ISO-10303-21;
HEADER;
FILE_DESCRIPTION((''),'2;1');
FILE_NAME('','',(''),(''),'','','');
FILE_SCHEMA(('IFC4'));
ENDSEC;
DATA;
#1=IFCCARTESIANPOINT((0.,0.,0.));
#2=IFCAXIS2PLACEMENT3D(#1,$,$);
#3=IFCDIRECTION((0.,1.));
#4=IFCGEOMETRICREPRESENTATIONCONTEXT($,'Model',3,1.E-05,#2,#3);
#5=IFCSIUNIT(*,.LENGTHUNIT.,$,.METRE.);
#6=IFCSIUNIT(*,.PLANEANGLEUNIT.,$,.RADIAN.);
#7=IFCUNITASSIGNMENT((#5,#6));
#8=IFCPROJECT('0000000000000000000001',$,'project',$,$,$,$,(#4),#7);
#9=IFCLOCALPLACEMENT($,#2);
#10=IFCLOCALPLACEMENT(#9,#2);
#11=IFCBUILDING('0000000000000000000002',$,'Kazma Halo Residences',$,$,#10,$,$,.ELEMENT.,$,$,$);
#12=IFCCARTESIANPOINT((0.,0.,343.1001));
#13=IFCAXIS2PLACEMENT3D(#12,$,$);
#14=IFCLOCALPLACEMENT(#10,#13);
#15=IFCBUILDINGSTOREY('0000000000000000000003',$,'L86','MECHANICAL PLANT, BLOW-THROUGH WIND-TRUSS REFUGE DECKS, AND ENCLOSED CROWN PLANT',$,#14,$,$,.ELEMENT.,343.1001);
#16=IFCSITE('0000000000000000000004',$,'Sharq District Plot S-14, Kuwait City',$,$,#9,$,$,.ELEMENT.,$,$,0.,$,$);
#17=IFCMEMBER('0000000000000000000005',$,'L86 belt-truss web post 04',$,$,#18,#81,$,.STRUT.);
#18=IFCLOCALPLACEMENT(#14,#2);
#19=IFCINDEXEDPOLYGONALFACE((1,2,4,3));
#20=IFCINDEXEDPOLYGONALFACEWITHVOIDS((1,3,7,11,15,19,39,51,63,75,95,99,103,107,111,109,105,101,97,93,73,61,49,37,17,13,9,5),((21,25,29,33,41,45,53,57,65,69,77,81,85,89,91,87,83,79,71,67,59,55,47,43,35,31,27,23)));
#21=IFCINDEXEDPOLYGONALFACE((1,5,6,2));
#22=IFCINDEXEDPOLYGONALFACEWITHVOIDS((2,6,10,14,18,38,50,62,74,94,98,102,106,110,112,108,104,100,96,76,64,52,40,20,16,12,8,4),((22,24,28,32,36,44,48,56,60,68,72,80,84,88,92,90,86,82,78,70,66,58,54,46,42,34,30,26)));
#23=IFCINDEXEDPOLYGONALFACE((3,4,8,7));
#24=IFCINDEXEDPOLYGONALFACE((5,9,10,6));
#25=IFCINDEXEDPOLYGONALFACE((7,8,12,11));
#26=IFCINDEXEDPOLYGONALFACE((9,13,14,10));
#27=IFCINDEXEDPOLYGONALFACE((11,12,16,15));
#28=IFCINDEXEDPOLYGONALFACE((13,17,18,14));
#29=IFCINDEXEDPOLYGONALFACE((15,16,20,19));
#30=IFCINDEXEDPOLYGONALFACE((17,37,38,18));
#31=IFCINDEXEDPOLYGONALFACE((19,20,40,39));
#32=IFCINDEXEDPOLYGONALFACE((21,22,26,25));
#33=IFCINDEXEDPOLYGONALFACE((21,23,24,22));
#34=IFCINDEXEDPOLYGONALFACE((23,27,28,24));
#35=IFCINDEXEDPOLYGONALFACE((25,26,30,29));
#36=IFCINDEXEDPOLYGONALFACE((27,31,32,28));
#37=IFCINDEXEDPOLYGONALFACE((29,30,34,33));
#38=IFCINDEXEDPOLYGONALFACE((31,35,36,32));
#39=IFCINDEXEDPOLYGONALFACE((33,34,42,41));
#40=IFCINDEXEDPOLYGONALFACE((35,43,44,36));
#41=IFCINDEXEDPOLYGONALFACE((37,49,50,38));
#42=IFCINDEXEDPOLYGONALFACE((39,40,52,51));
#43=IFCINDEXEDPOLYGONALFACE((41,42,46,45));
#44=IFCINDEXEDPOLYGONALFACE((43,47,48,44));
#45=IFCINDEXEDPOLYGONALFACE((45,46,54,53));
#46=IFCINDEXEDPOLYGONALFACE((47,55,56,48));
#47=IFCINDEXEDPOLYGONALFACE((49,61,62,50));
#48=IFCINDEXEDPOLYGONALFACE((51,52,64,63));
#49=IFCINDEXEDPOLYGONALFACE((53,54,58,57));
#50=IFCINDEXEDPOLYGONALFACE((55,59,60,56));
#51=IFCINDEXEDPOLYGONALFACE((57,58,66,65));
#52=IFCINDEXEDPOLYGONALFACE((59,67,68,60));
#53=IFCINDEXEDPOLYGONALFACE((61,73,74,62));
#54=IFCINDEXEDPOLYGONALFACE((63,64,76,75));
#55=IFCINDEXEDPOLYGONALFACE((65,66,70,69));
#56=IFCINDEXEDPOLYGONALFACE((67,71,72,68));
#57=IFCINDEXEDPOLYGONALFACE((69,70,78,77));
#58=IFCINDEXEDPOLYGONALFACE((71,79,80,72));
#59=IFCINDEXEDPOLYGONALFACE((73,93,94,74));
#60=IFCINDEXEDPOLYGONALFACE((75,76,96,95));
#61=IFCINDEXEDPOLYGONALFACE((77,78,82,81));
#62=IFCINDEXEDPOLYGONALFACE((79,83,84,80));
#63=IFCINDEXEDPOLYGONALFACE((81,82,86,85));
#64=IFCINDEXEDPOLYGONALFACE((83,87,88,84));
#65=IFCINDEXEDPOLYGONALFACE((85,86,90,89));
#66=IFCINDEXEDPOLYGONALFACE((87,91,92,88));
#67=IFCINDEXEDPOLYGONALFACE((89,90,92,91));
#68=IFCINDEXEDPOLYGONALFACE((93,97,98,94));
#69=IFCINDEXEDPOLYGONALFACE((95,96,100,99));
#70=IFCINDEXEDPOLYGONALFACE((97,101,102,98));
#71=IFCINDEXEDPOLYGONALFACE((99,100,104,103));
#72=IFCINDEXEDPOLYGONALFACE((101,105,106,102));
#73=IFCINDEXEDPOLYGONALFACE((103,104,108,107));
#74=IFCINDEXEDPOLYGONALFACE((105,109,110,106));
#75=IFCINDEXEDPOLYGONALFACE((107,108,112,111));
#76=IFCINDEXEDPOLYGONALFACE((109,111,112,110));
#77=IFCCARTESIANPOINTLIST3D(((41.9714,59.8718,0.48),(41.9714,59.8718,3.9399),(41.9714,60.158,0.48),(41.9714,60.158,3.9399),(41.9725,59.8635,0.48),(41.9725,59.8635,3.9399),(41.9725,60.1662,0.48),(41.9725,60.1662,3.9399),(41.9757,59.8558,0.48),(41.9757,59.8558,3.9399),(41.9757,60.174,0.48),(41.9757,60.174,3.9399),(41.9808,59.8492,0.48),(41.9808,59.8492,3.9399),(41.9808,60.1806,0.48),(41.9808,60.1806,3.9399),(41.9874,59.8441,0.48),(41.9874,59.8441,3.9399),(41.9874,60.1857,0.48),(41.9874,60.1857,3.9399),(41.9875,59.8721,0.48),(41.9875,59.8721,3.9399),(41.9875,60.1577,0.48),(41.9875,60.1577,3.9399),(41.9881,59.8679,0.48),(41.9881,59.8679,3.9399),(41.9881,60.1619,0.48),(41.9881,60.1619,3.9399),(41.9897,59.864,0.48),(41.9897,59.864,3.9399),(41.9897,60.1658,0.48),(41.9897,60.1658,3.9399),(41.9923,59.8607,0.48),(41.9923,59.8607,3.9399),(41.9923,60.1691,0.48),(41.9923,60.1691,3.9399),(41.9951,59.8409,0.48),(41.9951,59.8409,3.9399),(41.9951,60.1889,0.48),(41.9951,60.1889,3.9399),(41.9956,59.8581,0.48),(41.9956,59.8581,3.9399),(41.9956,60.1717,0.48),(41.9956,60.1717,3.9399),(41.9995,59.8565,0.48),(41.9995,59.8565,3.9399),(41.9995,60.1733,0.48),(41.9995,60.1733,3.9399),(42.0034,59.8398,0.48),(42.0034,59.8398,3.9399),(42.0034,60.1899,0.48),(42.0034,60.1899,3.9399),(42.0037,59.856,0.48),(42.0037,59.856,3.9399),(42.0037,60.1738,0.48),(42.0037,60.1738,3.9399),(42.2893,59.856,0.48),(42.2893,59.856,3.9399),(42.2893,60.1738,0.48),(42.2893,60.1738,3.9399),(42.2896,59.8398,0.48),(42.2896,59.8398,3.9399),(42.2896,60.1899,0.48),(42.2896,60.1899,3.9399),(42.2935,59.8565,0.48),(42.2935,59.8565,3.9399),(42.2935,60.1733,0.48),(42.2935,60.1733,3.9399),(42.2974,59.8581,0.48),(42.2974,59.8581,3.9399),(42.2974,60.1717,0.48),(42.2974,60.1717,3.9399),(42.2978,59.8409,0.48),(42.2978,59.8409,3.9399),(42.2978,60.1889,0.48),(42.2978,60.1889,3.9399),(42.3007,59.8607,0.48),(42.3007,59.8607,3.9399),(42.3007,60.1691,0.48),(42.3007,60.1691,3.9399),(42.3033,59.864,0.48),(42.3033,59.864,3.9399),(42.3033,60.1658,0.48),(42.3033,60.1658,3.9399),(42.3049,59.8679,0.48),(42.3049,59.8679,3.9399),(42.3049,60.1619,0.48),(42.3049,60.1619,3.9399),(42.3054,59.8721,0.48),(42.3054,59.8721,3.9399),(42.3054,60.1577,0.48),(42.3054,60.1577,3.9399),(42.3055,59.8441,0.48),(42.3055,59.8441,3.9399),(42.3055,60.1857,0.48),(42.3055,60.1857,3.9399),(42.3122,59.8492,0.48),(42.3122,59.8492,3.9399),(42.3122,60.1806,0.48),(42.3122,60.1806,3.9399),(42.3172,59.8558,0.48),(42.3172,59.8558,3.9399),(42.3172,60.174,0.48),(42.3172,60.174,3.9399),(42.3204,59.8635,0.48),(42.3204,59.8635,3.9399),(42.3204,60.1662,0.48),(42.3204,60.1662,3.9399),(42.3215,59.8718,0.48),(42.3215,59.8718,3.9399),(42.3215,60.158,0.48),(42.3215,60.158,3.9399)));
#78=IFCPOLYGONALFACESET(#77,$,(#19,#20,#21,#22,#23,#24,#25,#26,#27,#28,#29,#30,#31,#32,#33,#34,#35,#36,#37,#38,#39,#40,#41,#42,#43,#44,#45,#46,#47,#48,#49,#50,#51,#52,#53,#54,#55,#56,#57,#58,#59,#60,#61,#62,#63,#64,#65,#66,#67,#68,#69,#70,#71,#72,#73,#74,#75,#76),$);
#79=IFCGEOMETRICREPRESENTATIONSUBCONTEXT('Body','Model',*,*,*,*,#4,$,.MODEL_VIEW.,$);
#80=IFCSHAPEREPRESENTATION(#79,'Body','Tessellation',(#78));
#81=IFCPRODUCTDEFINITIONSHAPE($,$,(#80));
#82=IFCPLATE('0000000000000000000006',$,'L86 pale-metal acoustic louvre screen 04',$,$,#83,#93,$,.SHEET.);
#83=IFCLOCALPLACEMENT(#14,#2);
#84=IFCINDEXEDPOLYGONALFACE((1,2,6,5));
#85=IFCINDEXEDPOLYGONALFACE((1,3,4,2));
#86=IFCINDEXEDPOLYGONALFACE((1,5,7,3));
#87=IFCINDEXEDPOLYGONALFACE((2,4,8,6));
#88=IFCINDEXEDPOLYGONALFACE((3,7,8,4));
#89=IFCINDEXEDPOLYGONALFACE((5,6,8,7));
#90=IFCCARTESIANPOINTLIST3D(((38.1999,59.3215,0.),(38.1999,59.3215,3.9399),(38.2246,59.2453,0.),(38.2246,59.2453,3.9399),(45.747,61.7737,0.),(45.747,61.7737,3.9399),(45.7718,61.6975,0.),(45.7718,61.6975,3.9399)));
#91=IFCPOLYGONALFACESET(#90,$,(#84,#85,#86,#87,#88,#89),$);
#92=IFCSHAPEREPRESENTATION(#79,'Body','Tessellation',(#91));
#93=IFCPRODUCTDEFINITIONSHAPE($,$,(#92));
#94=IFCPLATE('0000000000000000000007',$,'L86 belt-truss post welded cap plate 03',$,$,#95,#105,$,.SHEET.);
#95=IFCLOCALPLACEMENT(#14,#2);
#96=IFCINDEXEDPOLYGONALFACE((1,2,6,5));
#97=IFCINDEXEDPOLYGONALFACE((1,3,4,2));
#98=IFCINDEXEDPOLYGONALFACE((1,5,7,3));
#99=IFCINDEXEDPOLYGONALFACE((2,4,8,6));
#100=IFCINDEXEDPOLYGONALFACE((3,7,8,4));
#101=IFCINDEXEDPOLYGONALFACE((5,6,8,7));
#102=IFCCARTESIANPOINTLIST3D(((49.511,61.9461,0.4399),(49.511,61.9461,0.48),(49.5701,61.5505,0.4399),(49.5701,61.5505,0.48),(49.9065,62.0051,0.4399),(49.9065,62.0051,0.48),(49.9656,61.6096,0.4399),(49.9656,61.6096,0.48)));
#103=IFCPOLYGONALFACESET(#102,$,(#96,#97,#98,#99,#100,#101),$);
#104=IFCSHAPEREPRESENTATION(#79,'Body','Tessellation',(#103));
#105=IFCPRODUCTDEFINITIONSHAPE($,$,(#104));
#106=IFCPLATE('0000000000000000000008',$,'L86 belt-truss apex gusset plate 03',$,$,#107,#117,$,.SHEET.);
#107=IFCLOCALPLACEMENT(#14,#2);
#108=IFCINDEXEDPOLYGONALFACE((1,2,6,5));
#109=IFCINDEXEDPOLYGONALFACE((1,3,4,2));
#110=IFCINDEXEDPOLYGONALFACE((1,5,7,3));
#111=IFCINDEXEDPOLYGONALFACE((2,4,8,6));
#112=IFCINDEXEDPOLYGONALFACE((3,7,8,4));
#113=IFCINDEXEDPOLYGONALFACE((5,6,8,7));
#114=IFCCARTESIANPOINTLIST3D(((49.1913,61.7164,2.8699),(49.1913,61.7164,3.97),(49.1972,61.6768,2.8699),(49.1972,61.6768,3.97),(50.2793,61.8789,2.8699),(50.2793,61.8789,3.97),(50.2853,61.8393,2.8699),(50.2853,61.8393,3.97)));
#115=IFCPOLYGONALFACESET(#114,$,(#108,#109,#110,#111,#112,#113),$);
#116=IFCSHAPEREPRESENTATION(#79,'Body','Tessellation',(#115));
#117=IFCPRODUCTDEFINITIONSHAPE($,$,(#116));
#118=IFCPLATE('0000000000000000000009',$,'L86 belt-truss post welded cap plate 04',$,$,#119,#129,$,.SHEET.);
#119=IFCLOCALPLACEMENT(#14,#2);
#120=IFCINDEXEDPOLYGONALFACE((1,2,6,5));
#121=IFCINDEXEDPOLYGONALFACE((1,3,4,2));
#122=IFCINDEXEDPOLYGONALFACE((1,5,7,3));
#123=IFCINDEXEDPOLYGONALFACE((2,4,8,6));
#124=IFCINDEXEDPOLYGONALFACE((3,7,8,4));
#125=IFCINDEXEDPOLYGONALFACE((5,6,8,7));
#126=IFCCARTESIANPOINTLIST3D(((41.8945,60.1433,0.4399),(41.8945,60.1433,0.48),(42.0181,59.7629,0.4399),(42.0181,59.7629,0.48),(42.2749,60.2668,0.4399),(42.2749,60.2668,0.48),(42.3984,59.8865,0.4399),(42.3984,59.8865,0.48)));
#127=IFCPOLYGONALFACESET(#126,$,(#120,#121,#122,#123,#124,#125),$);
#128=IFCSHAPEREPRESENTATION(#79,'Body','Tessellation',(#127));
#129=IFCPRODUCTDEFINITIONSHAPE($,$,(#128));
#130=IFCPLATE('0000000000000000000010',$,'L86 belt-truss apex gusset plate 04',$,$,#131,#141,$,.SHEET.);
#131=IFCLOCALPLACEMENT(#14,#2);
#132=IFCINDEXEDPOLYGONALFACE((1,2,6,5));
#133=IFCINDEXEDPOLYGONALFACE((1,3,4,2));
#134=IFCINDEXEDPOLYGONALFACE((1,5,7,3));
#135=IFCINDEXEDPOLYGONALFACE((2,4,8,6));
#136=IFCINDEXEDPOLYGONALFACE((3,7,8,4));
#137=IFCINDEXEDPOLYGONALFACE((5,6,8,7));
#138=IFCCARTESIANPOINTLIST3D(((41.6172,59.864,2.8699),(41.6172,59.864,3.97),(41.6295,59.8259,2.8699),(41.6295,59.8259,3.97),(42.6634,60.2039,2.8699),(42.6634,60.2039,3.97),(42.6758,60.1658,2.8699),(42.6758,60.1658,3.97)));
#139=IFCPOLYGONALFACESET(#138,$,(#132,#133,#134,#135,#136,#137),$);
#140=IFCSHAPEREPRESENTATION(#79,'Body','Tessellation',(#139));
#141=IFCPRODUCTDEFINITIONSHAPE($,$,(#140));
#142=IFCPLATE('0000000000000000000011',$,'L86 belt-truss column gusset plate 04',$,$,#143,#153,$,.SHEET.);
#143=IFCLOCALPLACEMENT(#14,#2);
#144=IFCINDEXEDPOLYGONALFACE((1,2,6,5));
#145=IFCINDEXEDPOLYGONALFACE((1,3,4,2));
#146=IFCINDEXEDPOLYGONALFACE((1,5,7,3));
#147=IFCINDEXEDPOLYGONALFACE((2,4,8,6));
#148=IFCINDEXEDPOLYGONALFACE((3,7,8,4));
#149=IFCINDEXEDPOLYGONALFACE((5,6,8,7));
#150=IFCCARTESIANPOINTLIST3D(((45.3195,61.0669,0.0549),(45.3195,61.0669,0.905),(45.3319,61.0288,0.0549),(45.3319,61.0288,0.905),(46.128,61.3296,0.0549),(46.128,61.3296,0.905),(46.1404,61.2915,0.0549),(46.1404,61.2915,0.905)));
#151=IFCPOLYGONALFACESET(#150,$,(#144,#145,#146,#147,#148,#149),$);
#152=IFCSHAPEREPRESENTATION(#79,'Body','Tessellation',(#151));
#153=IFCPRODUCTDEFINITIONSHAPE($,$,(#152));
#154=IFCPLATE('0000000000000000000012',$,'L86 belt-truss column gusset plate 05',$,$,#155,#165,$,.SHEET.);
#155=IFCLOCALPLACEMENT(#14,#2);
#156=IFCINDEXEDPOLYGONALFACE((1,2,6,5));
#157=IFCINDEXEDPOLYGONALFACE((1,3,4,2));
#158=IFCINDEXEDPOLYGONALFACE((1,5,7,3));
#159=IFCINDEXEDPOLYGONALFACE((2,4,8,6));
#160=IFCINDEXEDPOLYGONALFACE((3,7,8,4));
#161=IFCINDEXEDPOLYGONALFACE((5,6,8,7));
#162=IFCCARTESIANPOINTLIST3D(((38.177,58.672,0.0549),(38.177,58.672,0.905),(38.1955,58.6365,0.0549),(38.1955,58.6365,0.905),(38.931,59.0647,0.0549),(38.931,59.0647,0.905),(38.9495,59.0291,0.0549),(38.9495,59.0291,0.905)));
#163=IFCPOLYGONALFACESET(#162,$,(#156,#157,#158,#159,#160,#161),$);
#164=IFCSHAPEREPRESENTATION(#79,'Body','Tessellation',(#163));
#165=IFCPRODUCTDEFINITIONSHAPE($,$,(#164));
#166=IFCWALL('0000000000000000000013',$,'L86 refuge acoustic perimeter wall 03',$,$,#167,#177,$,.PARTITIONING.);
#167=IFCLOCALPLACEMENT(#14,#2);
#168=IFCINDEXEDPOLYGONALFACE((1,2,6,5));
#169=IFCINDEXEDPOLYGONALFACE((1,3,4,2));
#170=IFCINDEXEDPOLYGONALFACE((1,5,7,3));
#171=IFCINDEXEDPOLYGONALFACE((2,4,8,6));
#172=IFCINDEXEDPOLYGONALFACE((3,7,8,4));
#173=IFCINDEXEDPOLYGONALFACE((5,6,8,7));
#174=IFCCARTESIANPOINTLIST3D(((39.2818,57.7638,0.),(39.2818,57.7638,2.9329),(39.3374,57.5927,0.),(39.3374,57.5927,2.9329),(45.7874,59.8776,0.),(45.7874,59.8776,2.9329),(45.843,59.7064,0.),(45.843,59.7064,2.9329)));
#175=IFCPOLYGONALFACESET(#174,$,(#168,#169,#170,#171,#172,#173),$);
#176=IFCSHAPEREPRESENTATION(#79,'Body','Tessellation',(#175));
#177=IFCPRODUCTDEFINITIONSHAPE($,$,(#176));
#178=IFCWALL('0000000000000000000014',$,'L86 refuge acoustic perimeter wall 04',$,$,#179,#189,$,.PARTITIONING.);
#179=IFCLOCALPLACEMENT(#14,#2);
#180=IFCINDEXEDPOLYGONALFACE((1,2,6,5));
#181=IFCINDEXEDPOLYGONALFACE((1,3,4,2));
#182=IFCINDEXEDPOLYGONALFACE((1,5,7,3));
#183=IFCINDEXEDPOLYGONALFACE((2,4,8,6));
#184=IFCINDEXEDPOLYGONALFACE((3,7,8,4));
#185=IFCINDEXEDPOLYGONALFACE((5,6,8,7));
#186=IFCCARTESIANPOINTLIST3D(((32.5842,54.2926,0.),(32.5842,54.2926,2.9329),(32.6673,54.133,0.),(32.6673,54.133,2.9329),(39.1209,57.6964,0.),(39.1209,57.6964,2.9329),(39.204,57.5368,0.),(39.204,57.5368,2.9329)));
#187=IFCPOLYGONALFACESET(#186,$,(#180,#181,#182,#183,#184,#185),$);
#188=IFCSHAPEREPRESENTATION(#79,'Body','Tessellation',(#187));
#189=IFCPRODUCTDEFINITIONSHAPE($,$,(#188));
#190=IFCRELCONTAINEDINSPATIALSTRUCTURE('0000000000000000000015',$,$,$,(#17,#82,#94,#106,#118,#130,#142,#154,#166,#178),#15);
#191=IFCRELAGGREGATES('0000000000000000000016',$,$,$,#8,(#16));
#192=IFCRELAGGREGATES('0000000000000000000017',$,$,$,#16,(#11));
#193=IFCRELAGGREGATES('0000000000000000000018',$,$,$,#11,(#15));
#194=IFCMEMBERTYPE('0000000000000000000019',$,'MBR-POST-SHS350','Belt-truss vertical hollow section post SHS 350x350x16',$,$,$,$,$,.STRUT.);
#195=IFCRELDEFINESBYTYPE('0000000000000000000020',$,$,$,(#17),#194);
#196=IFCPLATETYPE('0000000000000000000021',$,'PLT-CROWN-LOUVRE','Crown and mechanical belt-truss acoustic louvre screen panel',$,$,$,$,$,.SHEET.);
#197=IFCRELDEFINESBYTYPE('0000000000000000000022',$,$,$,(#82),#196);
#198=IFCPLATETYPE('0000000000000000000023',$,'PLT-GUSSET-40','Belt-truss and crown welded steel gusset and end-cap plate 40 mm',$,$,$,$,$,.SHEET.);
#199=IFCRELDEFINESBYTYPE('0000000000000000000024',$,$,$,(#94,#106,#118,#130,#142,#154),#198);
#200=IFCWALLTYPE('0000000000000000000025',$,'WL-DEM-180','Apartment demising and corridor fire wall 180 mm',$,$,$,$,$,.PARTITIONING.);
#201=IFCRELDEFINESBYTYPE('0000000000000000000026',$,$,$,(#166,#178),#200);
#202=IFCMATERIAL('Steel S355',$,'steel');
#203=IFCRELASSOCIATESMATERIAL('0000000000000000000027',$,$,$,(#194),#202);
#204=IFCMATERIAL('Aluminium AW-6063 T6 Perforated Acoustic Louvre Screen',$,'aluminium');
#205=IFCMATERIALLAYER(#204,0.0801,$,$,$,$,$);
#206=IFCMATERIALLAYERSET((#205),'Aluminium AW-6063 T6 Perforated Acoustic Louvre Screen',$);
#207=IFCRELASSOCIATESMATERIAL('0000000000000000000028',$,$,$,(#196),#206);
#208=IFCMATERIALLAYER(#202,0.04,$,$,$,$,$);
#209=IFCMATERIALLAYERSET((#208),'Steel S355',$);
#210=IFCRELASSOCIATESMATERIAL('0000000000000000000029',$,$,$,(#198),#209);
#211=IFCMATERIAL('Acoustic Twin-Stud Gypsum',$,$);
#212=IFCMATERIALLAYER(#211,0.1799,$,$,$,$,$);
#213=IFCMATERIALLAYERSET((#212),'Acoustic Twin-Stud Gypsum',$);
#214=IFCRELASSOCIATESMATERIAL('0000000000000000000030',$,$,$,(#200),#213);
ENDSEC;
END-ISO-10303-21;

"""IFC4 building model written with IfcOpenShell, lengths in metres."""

from ifc_helpers import new_model, si_unit, direction, frame, frame_2d, origin, origin_2d, place, context, subcontext, project, spatial, rectangle, hollow_rectangle, extrude, material, layer, layer_set, material_profile, profile_set, type_object, element, save


model = new_model("IFC4")

# Units and contexts
model_context = context("Model", 3, precision=1e-05, world=origin(), true_north=direction((0.0, 1.0)))
body_context = subcontext(model_context, "Body", "Model", "MODEL_VIEW")
ifc_project = project(units=[si_unit("LENGTHUNIT", "METRE"), si_unit("PLANEANGLEUNIT", "RADIAN")], contexts=[model_context])

# Site, building, storey
site_placement = place(None, origin())
site = spatial("IfcSite", under=ifc_project, at=site_placement, Name="Sharq District Plot S-14, Kuwait City", CompositionType="ELEMENT", RefElevation=0.0)
building_placement = place(site_placement, origin())
building = spatial("IfcBuilding", under=site, at=building_placement, Name="Kazma Halo Residences", CompositionType="ELEMENT")
storey_placement = place(building_placement, frame((0.0, 0.0, 343.1001)))
storey = spatial("IfcBuildingStorey", under=building, at=storey_placement, Name="L86", Description="MECHANICAL PLANT, BLOW-THROUGH WIND-TRUSS REFUGE DECKS, AND ENCLOSED CROWN PLANT", CompositionType="ELEMENT", Elevation=343.1001)

# Shared definitions
ifc_material_1 = material(Name="Steel S355", Category="steel")

# Member
ifc_material_profile_1 = material_profile(ifc_material_1, hollow_rectangle(XDim=0.3501, YDim=0.3501, WallThickness=0.0161, InnerFilletRadius=0.0161, OuterFilletRadius=0.032, at=origin_2d()), Name="SHS350x350x16")
ifc_profile_set_1 = profile_set([ifc_material_profile_1], Name="Steel S355")
member_type_1 = type_object("IfcMemberType", Name="MBR-POST-SHS350", Description="Belt-truss vertical hollow section post SHS 350x350x16", PredefinedType="STRUT", material=ifc_profile_set_1)
for number, where, z_axis, x_axis, name in (
    (1, (42.1465, 60.0149, 0.48), (0.0, 0.0, 1.0), (1.0, 0.0, 0.0), "L86 belt-truss web post 04"),
):
    element("IfcMember", number, at=place(storey_placement, frame(where, z_axis=z_axis, x_axis=x_axis)), inside=storey, type_object=member_type_1, Name=name, PredefinedType="STRUT", context=body_context, shape_type="SweptSolid", body=[
        extrude(hollow_rectangle(XDim=0.3501, YDim=0.3501, WallThickness=0.0161, InnerFilletRadius=0.0161, OuterFilletRadius=0.032, at=origin_2d()), origin(), (0.0, 0.0, 1.0), 3.46),
    ])

# Plates
ifc_material_2 = material(Name="Aluminium AW-6063 T6 Perforated Acoustic Louvre Screen", Category="aluminium")
ifc_layer_1 = layer(ifc_material_2, 0.0801)
ifc_layer_set_1 = layer_set([ifc_layer_1], Name="Aluminium AW-6063 T6 Perforated Acoustic Louvre Screen")
plate_type_1 = type_object("IfcPlateType", Name="PLT-CROWN-LOUVRE", Description="Crown and mechanical belt-truss acoustic louvre screen panel", PredefinedType="SHEET", material=ifc_layer_set_1)
plate_1_placement = place(storey_placement, frame((41.9858, 60.5095, 0.0), z_axis=(0.0, 0.0, 1.0), x_axis=(-0.951058, -0.309013, 0.0)))
element("IfcPlate", 2, at=plate_1_placement, inside=storey, type_object=plate_type_1, Name="L86 pale-metal acoustic louvre screen 04", PredefinedType="SHEET", context=body_context, shape_type="SweptSolid", body=[
    extrude(rectangle(XDim=7.9355, YDim=0.0801, at=origin_2d()), origin(), (0.0, 0.0, 1.0), 3.9399),
])
ifc_layer_2 = layer(ifc_material_1, 0.04)
ifc_layer_set_2 = layer_set([ifc_layer_2], Name="Steel S355")
plate_type_2 = type_object("IfcPlateType", Name="PLT-GUSSET-40", Description="Belt-truss and crown welded steel gusset and end-cap plate 40 mm", PredefinedType="SHEET", material=ifc_layer_set_2)
plate_2_placement = place(storey_placement, frame((49.7383, 61.7778, 0.4399), z_axis=(0.0, 0.0, 1.0), x_axis=(-0.989034, -0.147688, 0.0)))
element("IfcPlate", 3, at=plate_2_placement, inside=storey, type_object=plate_type_2, Name="L86 belt-truss post welded cap plate 03", PredefinedType="SHEET", context=body_context, shape_type="SweptSolid", body=[
    extrude(rectangle(XDim=0.3999, YDim=0.3999, at=origin_2d()), origin(), (0.0, 0.0, 1.0), 0.04),
])
plate_3_placement = place(storey_placement, frame((49.7383, 61.7778, 2.8699), z_axis=(0.0, 0.0, 1.0), x_axis=(-0.989034, -0.147688, 0.0)))
element("IfcPlate", 4, at=plate_3_placement, inside=storey, type_object=plate_type_2, Name="L86 belt-truss apex gusset plate 03", PredefinedType="SHEET", context=body_context, shape_type="SweptSolid", body=[
    extrude(rectangle(XDim=1.1001, YDim=0.04, at=origin_2d()), origin(), (0.0, 0.0, 1.0), 1.1001),
])
plate_4_placement = place(storey_placement, frame((42.1465, 60.0149, 0.4399), z_axis=(0.0, 0.0, 1.0), x_axis=(-0.951058, -0.309013, 0.0)))
element("IfcPlate", 5, at=plate_4_placement, inside=storey, type_object=plate_type_2, Name="L86 belt-truss post welded cap plate 04", PredefinedType="SHEET", context=body_context, shape_type="SweptSolid", body=[
    extrude(rectangle(XDim=0.3999, YDim=0.3999, at=origin_2d()), origin(), (0.0, 0.0, 1.0), 0.04),
])
plate_5_placement = place(storey_placement, frame((42.1465, 60.0149, 2.8699), z_axis=(0.0, 0.0, 1.0), x_axis=(-0.951058, -0.309013, 0.0)))
element("IfcPlate", 6, at=plate_5_placement, inside=storey, type_object=plate_type_2, Name="L86 belt-truss apex gusset plate 04", PredefinedType="SHEET", context=body_context, shape_type="SweptSolid", body=[
    extrude(rectangle(XDim=1.1001, YDim=0.04, at=origin_2d()), origin(), (0.0, 0.0, 1.0), 1.1001),
])
for number, where, z_axis, x_axis, name in (
    (7, (45.73, 61.1792, 0.0549), (0.0, 0.0, 1.0), (-0.951058, -0.309013, 0.0), "L86 belt-truss column gusset plate 04"),
    (8, (38.5632, 58.8506, 0.0549), (0.0, 0.0, 1.0), (-0.886953, -0.461859, 0.0), "L86 belt-truss column gusset plate 05"),
):
    element("IfcPlate", number, at=place(storey_placement, frame(where, z_axis=z_axis, x_axis=x_axis)), inside=storey, type_object=plate_type_2, Name=name, PredefinedType="SHEET", context=body_context, shape_type="SweptSolid", body=[
        extrude(rectangle(XDim=0.8501, YDim=0.04, at=origin_2d()), origin(), (0.0, 0.0, 1.0), 0.8501),
    ])

# Walls
ifc_material_3 = material(Name="Acoustic Twin-Stud Gypsum")
ifc_layer_3 = layer(ifc_material_3, 0.1799)
ifc_layer_set_3 = layer_set([ifc_layer_3], Name="Acoustic Twin-Stud Gypsum")
wall_type = type_object("IfcWallType", Name="WL-DEM-180", Description="Apartment demising and corridor fire wall 180 mm", PredefinedType="PARTITIONING", material=ifc_layer_set_3)
wall_1_placement = place(storey_placement, frame((45.8152, 59.792, 0.0), z_axis=(0.0, 0.0, 1.0), x_axis=(-0.951058, -0.309013, 0.0)))
element("IfcWall", 9, at=wall_1_placement, inside=storey, type_object=wall_type, Name="L86 refuge acoustic perimeter wall 03", PredefinedType="PARTITIONING", context=body_context, shape_type="SweptSolid", body=[
    extrude(rectangle(XDim=6.8403, YDim=0.1799, at=frame_2d((3.4202, 0.0))), origin(), (0.0, 0.0, 1.0), 2.9329),
])
wall_2_placement = place(storey_placement, frame((39.1626, 57.6167, 0.0), z_axis=(0.0, 0.0, 1.0), x_axis=(-0.886952, -0.461862, 0.0)))
element("IfcWall", 10, at=wall_2_placement, inside=storey, type_object=wall_type, Name="L86 refuge acoustic perimeter wall 04", PredefinedType="PARTITIONING", context=body_context, shape_type="SweptSolid", body=[
    extrude(rectangle(XDim=7.3699, YDim=0.1799, at=frame_2d((3.6851, 0.0))), origin(), (0.0, 0.0, 1.0), 2.9329),
])

save(model, "model.ifc")
